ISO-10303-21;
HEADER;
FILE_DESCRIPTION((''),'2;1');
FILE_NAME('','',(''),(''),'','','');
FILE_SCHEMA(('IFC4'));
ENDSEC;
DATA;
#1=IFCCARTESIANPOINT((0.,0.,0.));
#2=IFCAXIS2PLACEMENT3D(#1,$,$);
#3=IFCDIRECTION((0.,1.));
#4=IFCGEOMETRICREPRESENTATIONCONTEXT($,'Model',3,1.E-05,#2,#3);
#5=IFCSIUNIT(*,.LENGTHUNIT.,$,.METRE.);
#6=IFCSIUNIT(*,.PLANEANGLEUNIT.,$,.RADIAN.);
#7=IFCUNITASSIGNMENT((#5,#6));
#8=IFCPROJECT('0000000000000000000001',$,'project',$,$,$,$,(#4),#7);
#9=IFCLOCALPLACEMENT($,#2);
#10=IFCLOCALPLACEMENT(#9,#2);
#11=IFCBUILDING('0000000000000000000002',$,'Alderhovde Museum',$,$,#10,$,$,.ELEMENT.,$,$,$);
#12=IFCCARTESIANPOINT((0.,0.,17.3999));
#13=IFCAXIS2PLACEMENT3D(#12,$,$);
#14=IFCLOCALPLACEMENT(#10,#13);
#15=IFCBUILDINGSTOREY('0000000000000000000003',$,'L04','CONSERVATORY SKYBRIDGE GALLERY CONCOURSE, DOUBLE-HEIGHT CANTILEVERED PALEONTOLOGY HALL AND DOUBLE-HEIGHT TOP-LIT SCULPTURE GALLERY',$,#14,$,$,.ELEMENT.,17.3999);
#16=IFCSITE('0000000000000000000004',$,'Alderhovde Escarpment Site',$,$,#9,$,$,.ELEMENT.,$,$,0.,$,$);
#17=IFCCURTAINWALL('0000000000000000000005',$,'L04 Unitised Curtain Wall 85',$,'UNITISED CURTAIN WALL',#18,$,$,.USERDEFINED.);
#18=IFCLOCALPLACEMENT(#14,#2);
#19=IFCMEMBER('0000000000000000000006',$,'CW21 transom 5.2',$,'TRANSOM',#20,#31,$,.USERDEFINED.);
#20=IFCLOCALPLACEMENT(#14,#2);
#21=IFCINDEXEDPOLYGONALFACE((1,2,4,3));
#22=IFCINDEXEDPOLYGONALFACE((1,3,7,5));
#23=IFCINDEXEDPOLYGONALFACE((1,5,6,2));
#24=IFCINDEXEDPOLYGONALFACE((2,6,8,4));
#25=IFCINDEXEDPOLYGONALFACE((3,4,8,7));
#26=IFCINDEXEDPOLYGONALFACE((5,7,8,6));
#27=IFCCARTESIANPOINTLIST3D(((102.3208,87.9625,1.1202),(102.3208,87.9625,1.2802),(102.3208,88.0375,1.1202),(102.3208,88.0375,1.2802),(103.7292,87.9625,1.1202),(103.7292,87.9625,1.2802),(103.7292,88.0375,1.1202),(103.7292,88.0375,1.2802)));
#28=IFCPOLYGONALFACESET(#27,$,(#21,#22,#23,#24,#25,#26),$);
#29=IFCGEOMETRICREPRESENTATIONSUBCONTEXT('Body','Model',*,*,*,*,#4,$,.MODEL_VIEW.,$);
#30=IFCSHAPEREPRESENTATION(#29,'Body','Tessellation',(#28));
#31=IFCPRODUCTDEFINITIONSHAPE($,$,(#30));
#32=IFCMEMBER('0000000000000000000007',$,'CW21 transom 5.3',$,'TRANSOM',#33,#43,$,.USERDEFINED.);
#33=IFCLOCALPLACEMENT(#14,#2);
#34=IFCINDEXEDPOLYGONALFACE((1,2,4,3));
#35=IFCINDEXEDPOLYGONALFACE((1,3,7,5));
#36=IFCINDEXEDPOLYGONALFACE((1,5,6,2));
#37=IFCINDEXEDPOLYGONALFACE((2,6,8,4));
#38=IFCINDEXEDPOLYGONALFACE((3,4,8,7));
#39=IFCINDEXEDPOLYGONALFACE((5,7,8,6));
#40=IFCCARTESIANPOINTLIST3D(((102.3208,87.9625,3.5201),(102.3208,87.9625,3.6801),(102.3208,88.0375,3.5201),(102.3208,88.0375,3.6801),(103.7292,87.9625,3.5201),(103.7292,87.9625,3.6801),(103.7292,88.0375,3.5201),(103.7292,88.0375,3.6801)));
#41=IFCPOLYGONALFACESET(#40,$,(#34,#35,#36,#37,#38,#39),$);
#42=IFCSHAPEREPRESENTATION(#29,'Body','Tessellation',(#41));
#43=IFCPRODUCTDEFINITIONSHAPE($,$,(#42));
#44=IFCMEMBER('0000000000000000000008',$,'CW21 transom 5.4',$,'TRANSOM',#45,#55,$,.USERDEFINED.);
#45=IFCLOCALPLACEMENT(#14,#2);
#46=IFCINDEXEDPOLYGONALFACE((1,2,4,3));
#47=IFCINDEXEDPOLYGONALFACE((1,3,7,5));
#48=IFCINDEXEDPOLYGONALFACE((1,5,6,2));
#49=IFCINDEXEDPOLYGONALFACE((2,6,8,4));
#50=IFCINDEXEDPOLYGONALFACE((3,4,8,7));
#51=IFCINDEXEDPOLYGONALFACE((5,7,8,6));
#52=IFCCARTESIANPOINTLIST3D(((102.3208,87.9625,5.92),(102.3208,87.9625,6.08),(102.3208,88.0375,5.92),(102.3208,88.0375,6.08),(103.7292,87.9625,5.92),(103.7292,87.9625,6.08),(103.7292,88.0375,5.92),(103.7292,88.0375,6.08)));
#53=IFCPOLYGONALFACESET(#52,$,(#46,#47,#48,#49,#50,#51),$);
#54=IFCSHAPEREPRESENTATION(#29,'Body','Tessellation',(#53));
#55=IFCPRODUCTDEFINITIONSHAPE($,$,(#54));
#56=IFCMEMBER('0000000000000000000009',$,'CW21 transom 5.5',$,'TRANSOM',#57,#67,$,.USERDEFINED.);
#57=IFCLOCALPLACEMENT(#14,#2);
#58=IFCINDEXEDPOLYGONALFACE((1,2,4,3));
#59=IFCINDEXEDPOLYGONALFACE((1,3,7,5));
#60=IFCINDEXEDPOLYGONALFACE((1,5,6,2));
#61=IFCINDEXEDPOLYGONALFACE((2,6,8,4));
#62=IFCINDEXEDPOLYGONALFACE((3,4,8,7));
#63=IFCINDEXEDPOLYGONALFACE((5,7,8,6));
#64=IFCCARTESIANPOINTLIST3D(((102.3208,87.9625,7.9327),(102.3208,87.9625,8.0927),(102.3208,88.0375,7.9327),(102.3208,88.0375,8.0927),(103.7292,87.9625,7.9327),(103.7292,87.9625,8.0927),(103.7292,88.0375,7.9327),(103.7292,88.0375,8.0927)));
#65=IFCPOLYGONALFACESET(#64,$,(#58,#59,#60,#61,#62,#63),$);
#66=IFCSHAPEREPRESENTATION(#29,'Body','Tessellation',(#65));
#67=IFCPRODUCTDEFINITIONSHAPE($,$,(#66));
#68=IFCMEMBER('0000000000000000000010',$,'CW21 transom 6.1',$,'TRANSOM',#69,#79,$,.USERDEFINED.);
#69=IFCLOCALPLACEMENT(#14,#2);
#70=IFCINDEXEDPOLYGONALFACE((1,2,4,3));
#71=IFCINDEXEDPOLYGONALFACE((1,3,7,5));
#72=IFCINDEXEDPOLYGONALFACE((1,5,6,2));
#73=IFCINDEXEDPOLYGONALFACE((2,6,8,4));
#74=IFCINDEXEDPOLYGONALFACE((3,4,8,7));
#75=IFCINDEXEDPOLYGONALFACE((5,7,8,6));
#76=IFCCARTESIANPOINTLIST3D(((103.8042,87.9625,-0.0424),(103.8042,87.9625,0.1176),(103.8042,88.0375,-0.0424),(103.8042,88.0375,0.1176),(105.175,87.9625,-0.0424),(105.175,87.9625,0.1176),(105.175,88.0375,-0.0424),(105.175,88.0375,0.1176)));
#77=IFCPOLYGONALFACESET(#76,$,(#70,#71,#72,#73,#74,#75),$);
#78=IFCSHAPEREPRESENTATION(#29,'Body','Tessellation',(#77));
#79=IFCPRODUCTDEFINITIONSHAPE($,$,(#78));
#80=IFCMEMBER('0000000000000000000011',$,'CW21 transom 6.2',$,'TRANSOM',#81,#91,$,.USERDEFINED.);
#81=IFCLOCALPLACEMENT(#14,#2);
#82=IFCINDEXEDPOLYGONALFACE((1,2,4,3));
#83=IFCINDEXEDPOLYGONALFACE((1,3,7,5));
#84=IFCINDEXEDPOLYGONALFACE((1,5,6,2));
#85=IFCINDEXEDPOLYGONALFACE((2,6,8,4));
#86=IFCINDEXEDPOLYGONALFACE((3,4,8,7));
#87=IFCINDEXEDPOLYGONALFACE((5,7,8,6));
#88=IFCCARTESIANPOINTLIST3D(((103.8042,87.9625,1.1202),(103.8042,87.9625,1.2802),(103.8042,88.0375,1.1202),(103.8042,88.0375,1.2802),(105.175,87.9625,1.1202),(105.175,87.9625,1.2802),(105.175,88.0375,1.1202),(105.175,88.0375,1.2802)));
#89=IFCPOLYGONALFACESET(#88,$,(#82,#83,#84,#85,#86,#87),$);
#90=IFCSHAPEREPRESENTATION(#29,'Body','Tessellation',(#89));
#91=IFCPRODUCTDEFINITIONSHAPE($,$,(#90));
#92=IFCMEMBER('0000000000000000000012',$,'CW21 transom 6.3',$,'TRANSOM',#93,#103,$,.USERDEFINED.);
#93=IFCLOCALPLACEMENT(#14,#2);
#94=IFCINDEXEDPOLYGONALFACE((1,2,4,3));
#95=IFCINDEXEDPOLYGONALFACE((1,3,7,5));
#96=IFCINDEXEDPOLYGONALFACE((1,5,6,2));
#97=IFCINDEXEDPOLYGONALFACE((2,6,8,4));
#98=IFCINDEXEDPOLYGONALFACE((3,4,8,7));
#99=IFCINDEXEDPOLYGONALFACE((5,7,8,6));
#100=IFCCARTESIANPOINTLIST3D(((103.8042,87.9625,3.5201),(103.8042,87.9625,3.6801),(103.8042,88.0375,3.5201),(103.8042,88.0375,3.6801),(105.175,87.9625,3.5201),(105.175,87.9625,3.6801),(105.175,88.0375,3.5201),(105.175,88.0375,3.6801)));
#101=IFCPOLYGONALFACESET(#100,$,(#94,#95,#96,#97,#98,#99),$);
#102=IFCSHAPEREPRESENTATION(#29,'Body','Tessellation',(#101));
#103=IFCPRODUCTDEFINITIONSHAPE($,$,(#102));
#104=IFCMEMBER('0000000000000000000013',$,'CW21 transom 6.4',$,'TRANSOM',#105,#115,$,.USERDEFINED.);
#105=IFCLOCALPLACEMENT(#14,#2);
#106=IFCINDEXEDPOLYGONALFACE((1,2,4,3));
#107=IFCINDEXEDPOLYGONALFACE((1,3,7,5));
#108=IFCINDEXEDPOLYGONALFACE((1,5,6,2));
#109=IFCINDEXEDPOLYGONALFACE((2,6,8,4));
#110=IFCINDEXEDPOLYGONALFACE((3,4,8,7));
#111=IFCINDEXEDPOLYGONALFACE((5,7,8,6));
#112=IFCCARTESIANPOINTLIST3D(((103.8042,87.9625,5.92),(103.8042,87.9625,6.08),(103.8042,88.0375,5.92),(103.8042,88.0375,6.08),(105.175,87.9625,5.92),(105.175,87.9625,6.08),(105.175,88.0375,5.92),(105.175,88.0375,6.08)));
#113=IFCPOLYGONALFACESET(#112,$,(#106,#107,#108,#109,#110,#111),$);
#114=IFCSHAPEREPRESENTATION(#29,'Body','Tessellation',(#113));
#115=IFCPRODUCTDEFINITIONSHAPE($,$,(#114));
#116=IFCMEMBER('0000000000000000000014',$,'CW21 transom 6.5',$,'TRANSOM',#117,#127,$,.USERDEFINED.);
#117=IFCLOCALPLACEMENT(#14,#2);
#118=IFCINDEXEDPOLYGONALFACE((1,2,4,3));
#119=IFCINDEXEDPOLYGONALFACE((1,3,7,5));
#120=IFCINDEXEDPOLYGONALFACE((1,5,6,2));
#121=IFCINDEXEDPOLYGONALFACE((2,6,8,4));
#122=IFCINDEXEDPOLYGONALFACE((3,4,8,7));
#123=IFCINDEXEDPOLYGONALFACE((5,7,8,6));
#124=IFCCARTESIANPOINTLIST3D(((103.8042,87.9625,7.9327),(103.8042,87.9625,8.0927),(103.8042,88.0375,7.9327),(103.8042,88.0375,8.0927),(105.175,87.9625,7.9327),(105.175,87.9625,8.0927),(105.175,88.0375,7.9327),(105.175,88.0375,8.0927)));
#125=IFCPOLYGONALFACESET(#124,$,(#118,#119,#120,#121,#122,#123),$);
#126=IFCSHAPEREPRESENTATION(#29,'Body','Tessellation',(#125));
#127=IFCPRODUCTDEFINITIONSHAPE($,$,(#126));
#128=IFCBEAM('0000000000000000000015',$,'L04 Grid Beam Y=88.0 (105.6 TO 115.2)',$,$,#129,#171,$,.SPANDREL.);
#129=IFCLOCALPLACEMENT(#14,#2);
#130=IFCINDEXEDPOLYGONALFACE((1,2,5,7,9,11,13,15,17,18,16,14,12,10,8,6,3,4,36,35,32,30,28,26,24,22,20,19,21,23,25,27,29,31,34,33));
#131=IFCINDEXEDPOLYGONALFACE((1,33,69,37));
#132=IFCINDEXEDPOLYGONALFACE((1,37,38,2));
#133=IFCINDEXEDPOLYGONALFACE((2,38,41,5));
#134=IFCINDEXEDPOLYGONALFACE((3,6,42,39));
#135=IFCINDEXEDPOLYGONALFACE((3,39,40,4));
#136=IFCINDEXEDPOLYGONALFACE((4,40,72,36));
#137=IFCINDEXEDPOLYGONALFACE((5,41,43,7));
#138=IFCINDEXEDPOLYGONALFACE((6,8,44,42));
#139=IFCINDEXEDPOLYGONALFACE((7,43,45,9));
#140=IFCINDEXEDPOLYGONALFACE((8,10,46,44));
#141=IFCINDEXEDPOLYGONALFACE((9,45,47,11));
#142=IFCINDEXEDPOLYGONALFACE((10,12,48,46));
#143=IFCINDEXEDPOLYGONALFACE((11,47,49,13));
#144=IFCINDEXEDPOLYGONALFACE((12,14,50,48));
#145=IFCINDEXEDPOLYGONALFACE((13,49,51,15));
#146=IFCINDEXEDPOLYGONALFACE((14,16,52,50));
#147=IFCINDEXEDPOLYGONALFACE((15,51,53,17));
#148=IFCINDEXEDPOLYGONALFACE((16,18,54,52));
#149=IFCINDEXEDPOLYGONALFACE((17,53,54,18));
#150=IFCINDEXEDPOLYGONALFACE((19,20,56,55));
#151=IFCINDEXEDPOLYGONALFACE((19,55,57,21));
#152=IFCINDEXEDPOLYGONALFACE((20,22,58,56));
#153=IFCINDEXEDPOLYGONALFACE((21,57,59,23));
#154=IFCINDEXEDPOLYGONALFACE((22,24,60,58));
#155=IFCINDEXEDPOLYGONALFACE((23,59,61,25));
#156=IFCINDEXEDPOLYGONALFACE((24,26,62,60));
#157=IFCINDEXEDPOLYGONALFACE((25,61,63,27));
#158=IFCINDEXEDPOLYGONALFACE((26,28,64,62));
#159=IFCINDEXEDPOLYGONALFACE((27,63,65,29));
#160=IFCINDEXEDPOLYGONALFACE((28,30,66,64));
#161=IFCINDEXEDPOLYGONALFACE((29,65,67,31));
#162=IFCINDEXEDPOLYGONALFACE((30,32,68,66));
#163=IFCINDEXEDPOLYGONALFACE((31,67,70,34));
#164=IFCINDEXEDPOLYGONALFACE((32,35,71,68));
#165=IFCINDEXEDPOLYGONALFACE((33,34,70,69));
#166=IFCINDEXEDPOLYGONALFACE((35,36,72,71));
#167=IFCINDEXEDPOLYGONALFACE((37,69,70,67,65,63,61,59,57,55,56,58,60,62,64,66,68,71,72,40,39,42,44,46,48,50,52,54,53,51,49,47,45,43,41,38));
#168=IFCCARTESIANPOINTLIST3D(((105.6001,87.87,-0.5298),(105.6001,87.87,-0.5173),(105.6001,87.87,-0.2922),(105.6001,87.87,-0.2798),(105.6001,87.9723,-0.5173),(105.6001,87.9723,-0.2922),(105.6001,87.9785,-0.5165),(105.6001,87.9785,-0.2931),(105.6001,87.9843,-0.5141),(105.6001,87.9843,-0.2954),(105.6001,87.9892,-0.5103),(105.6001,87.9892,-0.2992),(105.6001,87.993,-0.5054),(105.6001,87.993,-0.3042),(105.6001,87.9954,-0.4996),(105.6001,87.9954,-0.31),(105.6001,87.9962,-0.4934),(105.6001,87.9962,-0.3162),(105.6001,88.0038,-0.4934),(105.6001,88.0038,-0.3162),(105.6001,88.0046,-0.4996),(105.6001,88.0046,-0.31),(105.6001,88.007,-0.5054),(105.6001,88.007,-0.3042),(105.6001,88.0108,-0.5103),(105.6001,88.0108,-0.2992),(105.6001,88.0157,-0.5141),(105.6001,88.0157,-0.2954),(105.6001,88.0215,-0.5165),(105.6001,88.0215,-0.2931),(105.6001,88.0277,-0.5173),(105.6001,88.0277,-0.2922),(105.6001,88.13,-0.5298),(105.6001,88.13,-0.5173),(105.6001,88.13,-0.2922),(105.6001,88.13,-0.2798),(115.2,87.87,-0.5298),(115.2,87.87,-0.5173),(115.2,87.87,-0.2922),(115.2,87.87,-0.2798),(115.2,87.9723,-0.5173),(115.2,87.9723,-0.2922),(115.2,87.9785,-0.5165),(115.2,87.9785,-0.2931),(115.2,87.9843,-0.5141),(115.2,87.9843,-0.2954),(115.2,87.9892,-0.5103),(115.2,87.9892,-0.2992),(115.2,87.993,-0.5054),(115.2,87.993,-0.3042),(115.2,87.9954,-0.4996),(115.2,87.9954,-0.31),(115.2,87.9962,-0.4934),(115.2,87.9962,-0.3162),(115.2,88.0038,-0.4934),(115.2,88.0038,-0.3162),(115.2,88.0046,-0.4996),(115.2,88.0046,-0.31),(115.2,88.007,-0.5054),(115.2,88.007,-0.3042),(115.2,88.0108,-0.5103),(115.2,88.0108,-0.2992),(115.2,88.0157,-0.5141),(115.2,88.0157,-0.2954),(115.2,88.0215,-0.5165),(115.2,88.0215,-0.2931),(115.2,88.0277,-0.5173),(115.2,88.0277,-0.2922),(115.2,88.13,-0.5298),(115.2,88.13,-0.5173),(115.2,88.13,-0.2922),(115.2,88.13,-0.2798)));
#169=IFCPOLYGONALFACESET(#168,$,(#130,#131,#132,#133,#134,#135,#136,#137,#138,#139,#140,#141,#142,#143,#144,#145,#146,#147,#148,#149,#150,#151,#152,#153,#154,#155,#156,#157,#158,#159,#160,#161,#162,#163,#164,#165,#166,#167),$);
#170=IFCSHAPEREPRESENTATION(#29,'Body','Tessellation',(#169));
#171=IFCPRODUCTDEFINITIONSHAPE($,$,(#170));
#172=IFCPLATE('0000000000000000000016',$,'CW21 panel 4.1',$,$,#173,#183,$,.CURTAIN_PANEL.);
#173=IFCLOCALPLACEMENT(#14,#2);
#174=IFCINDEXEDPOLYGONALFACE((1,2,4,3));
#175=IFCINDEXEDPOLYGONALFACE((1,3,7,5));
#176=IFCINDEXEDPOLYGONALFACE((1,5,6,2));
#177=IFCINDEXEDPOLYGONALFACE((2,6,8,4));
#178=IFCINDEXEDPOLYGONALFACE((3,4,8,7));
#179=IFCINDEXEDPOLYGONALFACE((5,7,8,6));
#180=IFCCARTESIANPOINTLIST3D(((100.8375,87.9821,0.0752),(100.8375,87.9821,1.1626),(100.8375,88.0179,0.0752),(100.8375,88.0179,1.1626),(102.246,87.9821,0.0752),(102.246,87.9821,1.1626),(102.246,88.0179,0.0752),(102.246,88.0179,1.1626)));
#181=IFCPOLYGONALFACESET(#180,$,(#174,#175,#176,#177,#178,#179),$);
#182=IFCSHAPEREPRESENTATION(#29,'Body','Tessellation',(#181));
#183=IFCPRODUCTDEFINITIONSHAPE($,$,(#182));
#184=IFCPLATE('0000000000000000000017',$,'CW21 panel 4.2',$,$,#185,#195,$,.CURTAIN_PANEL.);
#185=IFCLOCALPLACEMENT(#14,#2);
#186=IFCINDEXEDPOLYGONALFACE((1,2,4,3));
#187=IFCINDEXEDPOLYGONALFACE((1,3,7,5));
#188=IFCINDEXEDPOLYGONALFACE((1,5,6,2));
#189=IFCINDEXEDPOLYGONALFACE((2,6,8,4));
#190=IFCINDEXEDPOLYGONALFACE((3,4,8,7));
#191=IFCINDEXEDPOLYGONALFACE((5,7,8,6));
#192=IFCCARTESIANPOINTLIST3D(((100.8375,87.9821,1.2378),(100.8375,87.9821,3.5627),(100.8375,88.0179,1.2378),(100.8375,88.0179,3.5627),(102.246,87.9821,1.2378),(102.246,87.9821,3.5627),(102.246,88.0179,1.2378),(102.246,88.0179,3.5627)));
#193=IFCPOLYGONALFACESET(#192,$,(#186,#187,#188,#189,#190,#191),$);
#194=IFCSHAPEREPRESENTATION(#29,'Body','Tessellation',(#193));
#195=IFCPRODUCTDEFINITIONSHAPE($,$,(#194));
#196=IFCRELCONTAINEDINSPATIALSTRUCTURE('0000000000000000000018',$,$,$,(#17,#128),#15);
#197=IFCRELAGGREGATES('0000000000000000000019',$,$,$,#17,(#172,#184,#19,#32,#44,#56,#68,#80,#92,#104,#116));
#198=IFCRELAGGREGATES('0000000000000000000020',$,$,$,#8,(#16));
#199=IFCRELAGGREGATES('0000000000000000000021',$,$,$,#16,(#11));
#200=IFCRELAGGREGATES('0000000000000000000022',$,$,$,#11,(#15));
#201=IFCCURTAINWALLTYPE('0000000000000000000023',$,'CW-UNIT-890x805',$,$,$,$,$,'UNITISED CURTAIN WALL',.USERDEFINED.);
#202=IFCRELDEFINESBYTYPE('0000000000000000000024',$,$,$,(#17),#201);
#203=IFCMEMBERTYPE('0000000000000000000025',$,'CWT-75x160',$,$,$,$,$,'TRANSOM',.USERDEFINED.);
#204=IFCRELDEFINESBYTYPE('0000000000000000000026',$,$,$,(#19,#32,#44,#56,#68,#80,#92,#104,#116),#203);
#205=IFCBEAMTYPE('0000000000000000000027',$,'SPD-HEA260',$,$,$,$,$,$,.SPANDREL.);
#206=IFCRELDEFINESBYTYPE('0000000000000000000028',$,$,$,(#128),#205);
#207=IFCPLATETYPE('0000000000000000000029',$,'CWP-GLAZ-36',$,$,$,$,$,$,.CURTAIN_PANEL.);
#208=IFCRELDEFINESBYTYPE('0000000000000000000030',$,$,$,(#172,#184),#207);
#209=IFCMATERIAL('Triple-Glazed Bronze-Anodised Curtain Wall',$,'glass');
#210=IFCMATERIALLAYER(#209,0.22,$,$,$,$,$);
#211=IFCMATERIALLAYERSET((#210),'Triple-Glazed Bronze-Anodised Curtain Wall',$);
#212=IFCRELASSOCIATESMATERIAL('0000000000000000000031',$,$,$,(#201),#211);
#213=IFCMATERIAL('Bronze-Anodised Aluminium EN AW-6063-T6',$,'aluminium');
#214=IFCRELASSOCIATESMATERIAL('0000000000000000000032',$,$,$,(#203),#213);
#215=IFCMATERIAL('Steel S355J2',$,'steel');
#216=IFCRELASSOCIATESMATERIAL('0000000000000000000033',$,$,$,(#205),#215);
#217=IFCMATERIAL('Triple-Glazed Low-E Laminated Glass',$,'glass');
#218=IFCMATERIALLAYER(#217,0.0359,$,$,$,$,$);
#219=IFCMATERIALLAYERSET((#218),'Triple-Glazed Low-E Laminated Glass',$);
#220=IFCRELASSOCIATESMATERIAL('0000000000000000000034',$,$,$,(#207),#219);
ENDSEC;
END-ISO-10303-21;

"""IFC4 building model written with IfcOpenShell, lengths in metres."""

from ifc_helpers import new_model, si_unit, direction, frame, origin, origin_2d, place, context, subcontext, project, spatial, rectangle, i_section, extrude, material, layer, layer_set, material_profile, profile_set, type_object, element, aggregate, save


model = new_model("IFC4")

# Units and contexts
model_context = context("Model", 3, precision=1e-05, world=origin(), true_north=direction((0.0, 1.0)))
body_context = subcontext(model_context, "Body", "Model", "MODEL_VIEW")
ifc_project = project(units=[si_unit("LENGTHUNIT", "METRE"), si_unit("PLANEANGLEUNIT", "RADIAN")], contexts=[model_context])

# Site, building, storey
site_placement = place(None, origin())
site = spatial("IfcSite", under=ifc_project, at=site_placement, Name="Alderhovde Escarpment Site", CompositionType="ELEMENT", RefElevation=0.0)
building_placement = place(site_placement, origin())
building = spatial("IfcBuilding", under=site, at=building_placement, Name="Alderhovde Museum", CompositionType="ELEMENT")
storey_placement = place(building_placement, frame((0.0, 0.0, 17.3999)))
storey = spatial("IfcBuildingStorey", under=building, at=storey_placement, Name="L04", Description="CONSERVATORY SKYBRIDGE GALLERY CONCOURSE, DOUBLE-HEIGHT CANTILEVERED PALEONTOLOGY HALL AND DOUBLE-HEIGHT TOP-LIT SCULPTURE GALLERY", CompositionType="ELEMENT", Elevation=17.3999)

# Curtain wall
ifc_material_1 = material(Name="Triple-Glazed Bronze-Anodised Curtain Wall", Category="glass")
ifc_layer_1 = layer(ifc_material_1, 0.22)
ifc_layer_set_1 = layer_set([ifc_layer_1], Name="Triple-Glazed Bronze-Anodised Curtain Wall")
curtain_wall_type = type_object("IfcCurtainWallType", Name="CW-UNIT-890x805", ElementType="UNITISED CURTAIN WALL", PredefinedType="USERDEFINED", material=ifc_layer_set_1)
curtain_wall_1_placement = place(storey_placement, origin())
curtain_wall_1 = element("IfcCurtainWall", 1, at=curtain_wall_1_placement, inside=storey, type_object=curtain_wall_type, Name="L04 Unitised Curtain Wall 85", ObjectType="UNITISED CURTAIN WALL", PredefinedType="USERDEFINED")

# Members
ifc_material_2 = material(Name="Bronze-Anodised Aluminium EN AW-6063-T6", Category="aluminium")
ifc_material_profile_1 = material_profile(ifc_material_2, rectangle(XDim=0.075, YDim=0.1599, at=origin_2d()), Name="TRANSOM 75x160")
ifc_profile_set_1 = profile_set([ifc_material_profile_1], Name="Bronze-Anodised Aluminium EN AW-6063-T6")
member_type_1 = type_object("IfcMemberType", Name="CWT-75x160", ElementType="TRANSOM", PredefinedType="USERDEFINED", material=ifc_profile_set_1)
member_1_placement = place(storey_placement, frame((102.3208, 88.0, 1.2002), z_axis=(1.0, 0.0, 0.0), x_axis=(0.0, 1.0, 0.0)))
member_1 = element("IfcMember", 2, at=member_1_placement, type_object=member_type_1, Name="CW21 transom 5.2", ObjectType="TRANSOM", PredefinedType="USERDEFINED", context=body_context, shape_type="SweptSolid", body=[
    extrude(rectangle(XDim=0.075, YDim=0.1599, at=origin_2d()), origin(), (0.0, 0.0, 1.0), 1.4084),
])
member_2_placement = place(storey_placement, frame((102.3208, 88.0, 3.6001), z_axis=(1.0, 0.0, 0.0), x_axis=(0.0, 1.0, 0.0)))
member_2 = element("IfcMember", 3, at=member_2_placement, type_object=member_type_1, Name="CW21 transom 5.3", ObjectType="TRANSOM", PredefinedType="USERDEFINED", context=body_context, shape_type="SweptSolid", body=[
    extrude(rectangle(XDim=0.075, YDim=0.1599, at=origin_2d()), origin(), (0.0, 0.0, 1.0), 1.4084),
])
member_3_placement = place(storey_placement, frame((102.3208, 88.0, 6.0), z_axis=(1.0, 0.0, 0.0), x_axis=(0.0, 1.0, 0.0)))
member_3 = element("IfcMember", 4, at=member_3_placement, type_object=member_type_1, Name="CW21 transom 5.4", ObjectType="TRANSOM", PredefinedType="USERDEFINED", context=body_context, shape_type="SweptSolid", body=[
    extrude(rectangle(XDim=0.075, YDim=0.1599, at=origin_2d()), origin(), (0.0, 0.0, 1.0), 1.4084),
])
member_4_placement = place(storey_placement, frame((102.3208, 88.0, 8.0127), z_axis=(1.0, 0.0, 0.0), x_axis=(0.0, 1.0, 0.0)))
member_4 = element("IfcMember", 5, at=member_4_placement, type_object=member_type_1, Name="CW21 transom 5.5", ObjectType="TRANSOM", PredefinedType="USERDEFINED", context=body_context, shape_type="SweptSolid", body=[
    extrude(rectangle(XDim=0.075, YDim=0.1599, at=origin_2d()), origin(), (0.0, 0.0, 1.0), 1.4084),
])
member_5_placement = place(storey_placement, frame((103.8042, 88.0, 0.0376), z_axis=(1.0, 0.0, 0.0), x_axis=(0.0, 1.0, 0.0)))
member_5 = element("IfcMember", 6, at=member_5_placement, type_object=member_type_1, Name="CW21 transom 6.1", ObjectType="TRANSOM", PredefinedType="USERDEFINED", context=body_context, shape_type="SweptSolid", body=[
    extrude(rectangle(XDim=0.075, YDim=0.1599, at=origin_2d()), origin(), (0.0, 0.0, 1.0), 1.3708),
])
member_6_placement = place(storey_placement, frame((103.8042, 88.0, 1.2002), z_axis=(1.0, 0.0, 0.0), x_axis=(0.0, 1.0, 0.0)))
member_6 = element("IfcMember", 7, at=member_6_placement, type_object=member_type_1, Name="CW21 transom 6.2", ObjectType="TRANSOM", PredefinedType="USERDEFINED", context=body_context, shape_type="SweptSolid", body=[
    extrude(rectangle(XDim=0.075, YDim=0.1599, at=origin_2d()), origin(), (0.0, 0.0, 1.0), 1.3708),
])
member_7_placement = place(storey_placement, frame((103.8042, 88.0, 3.6001), z_axis=(1.0, 0.0, 0.0), x_axis=(0.0, 1.0, 0.0)))
member_7 = element("IfcMember", 8, at=member_7_placement, type_object=member_type_1, Name="CW21 transom 6.3", ObjectType="TRANSOM", PredefinedType="USERDEFINED", context=body_context, shape_type="SweptSolid", body=[
    extrude(rectangle(XDim=0.075, YDim=0.1599, at=origin_2d()), origin(), (0.0, 0.0, 1.0), 1.3708),
])
member_8_placement = place(storey_placement, frame((103.8042, 88.0, 6.0), z_axis=(1.0, 0.0, 0.0), x_axis=(0.0, 1.0, 0.0)))
member_8 = element("IfcMember", 9, at=member_8_placement, type_object=member_type_1, Name="CW21 transom 6.4", ObjectType="TRANSOM", PredefinedType="USERDEFINED", context=body_context, shape_type="SweptSolid", body=[
    extrude(rectangle(XDim=0.075, YDim=0.1599, at=origin_2d()), origin(), (0.0, 0.0, 1.0), 1.3708),
])
member_9_placement = place(storey_placement, frame((103.8042, 88.0, 8.0127), z_axis=(1.0, 0.0, 0.0), x_axis=(0.0, 1.0, 0.0)))
member_9 = element("IfcMember", 10, at=member_9_placement, type_object=member_type_1, Name="CW21 transom 6.5", ObjectType="TRANSOM", PredefinedType="USERDEFINED", context=body_context, shape_type="SweptSolid", body=[
    extrude(rectangle(XDim=0.075, YDim=0.1599, at=origin_2d()), origin(), (0.0, 0.0, 1.0), 1.3708),
])

# Beam
ifc_material_3 = material(Name="Steel S355J2", Category="steel")
ifc_material_profile_2 = material_profile(ifc_material_3, i_section(OverallWidth=0.26, OverallDepth=0.25, WebThickness=0.0076, FlangeThickness=0.0125, FilletRadius=0.0239, at=origin_2d()), Name="HEA 260")
ifc_profile_set_2 = profile_set([ifc_material_profile_2], Name="Steel S355J2")
beam_type = type_object("IfcBeamType", Name="SPD-HEA260", PredefinedType="SPANDREL", material=ifc_profile_set_2)
beam_placement = place(storey_placement, frame((105.6001, 88.0, -0.4048), z_axis=(1.0, 0.0, 0.0), x_axis=(0.0, 1.0, 0.0)))
element("IfcBeam", 11, at=beam_placement, inside=storey, type_object=beam_type, Name="L04 Grid Beam Y=88.0 (105.6 TO 115.2)", PredefinedType="SPANDREL", context=body_context, shape_type="SweptSolid", body=[
    extrude(i_section(OverallWidth=0.26, OverallDepth=0.25, WebThickness=0.0076, FlangeThickness=0.0125, FilletRadius=0.0239, at=origin_2d()), origin(), (0.0, 0.0, 1.0), 9.5999),
])

# Plates
ifc_material_4 = material(Name="Triple-Glazed Low-E Laminated Glass", Category="glass")
ifc_layer_2 = layer(ifc_material_4, 0.0359)
ifc_layer_set_2 = layer_set([ifc_layer_2], Name="Triple-Glazed Low-E Laminated Glass")
plate_type = type_object("IfcPlateType", Name="CWP-GLAZ-36", PredefinedType="CURTAIN_PANEL", material=ifc_layer_set_2)
plate_1_placement = place(storey_placement, frame((101.5417, 88.0, 0.0752), z_axis=(0.0, 0.0, 1.0), x_axis=(1.0, 0.0, 0.0)))
plate_1 = element("IfcPlate", 12, at=plate_1_placement, type_object=plate_type, Name="CW21 panel 4.1", PredefinedType="CURTAIN_PANEL", context=body_context, shape_type="SweptSolid", body=[
    extrude(rectangle(XDim=1.4084, YDim=0.0359, at=origin_2d()), origin(), (0.0, 0.0, 1.0), 1.0874),
])
plate_2_placement = place(storey_placement, frame((101.5417, 88.0, 1.2378), z_axis=(0.0, 0.0, 1.0), x_axis=(1.0, 0.0, 0.0)))
plate_2 = element("IfcPlate", 13, at=plate_2_placement, type_object=plate_type, Name="CW21 panel 4.2", PredefinedType="CURTAIN_PANEL", context=body_context, shape_type="SweptSolid", body=[
    extrude(rectangle(XDim=1.4084, YDim=0.0359, at=origin_2d()), origin(), (0.0, 0.0, 1.0), 2.325),
])
aggregate(curtain_wall_1, [plate_1, plate_2, member_1, member_2, member_3, member_4, member_5, member_6, member_7, member_8, member_9])

save(model, "model.ifc")
